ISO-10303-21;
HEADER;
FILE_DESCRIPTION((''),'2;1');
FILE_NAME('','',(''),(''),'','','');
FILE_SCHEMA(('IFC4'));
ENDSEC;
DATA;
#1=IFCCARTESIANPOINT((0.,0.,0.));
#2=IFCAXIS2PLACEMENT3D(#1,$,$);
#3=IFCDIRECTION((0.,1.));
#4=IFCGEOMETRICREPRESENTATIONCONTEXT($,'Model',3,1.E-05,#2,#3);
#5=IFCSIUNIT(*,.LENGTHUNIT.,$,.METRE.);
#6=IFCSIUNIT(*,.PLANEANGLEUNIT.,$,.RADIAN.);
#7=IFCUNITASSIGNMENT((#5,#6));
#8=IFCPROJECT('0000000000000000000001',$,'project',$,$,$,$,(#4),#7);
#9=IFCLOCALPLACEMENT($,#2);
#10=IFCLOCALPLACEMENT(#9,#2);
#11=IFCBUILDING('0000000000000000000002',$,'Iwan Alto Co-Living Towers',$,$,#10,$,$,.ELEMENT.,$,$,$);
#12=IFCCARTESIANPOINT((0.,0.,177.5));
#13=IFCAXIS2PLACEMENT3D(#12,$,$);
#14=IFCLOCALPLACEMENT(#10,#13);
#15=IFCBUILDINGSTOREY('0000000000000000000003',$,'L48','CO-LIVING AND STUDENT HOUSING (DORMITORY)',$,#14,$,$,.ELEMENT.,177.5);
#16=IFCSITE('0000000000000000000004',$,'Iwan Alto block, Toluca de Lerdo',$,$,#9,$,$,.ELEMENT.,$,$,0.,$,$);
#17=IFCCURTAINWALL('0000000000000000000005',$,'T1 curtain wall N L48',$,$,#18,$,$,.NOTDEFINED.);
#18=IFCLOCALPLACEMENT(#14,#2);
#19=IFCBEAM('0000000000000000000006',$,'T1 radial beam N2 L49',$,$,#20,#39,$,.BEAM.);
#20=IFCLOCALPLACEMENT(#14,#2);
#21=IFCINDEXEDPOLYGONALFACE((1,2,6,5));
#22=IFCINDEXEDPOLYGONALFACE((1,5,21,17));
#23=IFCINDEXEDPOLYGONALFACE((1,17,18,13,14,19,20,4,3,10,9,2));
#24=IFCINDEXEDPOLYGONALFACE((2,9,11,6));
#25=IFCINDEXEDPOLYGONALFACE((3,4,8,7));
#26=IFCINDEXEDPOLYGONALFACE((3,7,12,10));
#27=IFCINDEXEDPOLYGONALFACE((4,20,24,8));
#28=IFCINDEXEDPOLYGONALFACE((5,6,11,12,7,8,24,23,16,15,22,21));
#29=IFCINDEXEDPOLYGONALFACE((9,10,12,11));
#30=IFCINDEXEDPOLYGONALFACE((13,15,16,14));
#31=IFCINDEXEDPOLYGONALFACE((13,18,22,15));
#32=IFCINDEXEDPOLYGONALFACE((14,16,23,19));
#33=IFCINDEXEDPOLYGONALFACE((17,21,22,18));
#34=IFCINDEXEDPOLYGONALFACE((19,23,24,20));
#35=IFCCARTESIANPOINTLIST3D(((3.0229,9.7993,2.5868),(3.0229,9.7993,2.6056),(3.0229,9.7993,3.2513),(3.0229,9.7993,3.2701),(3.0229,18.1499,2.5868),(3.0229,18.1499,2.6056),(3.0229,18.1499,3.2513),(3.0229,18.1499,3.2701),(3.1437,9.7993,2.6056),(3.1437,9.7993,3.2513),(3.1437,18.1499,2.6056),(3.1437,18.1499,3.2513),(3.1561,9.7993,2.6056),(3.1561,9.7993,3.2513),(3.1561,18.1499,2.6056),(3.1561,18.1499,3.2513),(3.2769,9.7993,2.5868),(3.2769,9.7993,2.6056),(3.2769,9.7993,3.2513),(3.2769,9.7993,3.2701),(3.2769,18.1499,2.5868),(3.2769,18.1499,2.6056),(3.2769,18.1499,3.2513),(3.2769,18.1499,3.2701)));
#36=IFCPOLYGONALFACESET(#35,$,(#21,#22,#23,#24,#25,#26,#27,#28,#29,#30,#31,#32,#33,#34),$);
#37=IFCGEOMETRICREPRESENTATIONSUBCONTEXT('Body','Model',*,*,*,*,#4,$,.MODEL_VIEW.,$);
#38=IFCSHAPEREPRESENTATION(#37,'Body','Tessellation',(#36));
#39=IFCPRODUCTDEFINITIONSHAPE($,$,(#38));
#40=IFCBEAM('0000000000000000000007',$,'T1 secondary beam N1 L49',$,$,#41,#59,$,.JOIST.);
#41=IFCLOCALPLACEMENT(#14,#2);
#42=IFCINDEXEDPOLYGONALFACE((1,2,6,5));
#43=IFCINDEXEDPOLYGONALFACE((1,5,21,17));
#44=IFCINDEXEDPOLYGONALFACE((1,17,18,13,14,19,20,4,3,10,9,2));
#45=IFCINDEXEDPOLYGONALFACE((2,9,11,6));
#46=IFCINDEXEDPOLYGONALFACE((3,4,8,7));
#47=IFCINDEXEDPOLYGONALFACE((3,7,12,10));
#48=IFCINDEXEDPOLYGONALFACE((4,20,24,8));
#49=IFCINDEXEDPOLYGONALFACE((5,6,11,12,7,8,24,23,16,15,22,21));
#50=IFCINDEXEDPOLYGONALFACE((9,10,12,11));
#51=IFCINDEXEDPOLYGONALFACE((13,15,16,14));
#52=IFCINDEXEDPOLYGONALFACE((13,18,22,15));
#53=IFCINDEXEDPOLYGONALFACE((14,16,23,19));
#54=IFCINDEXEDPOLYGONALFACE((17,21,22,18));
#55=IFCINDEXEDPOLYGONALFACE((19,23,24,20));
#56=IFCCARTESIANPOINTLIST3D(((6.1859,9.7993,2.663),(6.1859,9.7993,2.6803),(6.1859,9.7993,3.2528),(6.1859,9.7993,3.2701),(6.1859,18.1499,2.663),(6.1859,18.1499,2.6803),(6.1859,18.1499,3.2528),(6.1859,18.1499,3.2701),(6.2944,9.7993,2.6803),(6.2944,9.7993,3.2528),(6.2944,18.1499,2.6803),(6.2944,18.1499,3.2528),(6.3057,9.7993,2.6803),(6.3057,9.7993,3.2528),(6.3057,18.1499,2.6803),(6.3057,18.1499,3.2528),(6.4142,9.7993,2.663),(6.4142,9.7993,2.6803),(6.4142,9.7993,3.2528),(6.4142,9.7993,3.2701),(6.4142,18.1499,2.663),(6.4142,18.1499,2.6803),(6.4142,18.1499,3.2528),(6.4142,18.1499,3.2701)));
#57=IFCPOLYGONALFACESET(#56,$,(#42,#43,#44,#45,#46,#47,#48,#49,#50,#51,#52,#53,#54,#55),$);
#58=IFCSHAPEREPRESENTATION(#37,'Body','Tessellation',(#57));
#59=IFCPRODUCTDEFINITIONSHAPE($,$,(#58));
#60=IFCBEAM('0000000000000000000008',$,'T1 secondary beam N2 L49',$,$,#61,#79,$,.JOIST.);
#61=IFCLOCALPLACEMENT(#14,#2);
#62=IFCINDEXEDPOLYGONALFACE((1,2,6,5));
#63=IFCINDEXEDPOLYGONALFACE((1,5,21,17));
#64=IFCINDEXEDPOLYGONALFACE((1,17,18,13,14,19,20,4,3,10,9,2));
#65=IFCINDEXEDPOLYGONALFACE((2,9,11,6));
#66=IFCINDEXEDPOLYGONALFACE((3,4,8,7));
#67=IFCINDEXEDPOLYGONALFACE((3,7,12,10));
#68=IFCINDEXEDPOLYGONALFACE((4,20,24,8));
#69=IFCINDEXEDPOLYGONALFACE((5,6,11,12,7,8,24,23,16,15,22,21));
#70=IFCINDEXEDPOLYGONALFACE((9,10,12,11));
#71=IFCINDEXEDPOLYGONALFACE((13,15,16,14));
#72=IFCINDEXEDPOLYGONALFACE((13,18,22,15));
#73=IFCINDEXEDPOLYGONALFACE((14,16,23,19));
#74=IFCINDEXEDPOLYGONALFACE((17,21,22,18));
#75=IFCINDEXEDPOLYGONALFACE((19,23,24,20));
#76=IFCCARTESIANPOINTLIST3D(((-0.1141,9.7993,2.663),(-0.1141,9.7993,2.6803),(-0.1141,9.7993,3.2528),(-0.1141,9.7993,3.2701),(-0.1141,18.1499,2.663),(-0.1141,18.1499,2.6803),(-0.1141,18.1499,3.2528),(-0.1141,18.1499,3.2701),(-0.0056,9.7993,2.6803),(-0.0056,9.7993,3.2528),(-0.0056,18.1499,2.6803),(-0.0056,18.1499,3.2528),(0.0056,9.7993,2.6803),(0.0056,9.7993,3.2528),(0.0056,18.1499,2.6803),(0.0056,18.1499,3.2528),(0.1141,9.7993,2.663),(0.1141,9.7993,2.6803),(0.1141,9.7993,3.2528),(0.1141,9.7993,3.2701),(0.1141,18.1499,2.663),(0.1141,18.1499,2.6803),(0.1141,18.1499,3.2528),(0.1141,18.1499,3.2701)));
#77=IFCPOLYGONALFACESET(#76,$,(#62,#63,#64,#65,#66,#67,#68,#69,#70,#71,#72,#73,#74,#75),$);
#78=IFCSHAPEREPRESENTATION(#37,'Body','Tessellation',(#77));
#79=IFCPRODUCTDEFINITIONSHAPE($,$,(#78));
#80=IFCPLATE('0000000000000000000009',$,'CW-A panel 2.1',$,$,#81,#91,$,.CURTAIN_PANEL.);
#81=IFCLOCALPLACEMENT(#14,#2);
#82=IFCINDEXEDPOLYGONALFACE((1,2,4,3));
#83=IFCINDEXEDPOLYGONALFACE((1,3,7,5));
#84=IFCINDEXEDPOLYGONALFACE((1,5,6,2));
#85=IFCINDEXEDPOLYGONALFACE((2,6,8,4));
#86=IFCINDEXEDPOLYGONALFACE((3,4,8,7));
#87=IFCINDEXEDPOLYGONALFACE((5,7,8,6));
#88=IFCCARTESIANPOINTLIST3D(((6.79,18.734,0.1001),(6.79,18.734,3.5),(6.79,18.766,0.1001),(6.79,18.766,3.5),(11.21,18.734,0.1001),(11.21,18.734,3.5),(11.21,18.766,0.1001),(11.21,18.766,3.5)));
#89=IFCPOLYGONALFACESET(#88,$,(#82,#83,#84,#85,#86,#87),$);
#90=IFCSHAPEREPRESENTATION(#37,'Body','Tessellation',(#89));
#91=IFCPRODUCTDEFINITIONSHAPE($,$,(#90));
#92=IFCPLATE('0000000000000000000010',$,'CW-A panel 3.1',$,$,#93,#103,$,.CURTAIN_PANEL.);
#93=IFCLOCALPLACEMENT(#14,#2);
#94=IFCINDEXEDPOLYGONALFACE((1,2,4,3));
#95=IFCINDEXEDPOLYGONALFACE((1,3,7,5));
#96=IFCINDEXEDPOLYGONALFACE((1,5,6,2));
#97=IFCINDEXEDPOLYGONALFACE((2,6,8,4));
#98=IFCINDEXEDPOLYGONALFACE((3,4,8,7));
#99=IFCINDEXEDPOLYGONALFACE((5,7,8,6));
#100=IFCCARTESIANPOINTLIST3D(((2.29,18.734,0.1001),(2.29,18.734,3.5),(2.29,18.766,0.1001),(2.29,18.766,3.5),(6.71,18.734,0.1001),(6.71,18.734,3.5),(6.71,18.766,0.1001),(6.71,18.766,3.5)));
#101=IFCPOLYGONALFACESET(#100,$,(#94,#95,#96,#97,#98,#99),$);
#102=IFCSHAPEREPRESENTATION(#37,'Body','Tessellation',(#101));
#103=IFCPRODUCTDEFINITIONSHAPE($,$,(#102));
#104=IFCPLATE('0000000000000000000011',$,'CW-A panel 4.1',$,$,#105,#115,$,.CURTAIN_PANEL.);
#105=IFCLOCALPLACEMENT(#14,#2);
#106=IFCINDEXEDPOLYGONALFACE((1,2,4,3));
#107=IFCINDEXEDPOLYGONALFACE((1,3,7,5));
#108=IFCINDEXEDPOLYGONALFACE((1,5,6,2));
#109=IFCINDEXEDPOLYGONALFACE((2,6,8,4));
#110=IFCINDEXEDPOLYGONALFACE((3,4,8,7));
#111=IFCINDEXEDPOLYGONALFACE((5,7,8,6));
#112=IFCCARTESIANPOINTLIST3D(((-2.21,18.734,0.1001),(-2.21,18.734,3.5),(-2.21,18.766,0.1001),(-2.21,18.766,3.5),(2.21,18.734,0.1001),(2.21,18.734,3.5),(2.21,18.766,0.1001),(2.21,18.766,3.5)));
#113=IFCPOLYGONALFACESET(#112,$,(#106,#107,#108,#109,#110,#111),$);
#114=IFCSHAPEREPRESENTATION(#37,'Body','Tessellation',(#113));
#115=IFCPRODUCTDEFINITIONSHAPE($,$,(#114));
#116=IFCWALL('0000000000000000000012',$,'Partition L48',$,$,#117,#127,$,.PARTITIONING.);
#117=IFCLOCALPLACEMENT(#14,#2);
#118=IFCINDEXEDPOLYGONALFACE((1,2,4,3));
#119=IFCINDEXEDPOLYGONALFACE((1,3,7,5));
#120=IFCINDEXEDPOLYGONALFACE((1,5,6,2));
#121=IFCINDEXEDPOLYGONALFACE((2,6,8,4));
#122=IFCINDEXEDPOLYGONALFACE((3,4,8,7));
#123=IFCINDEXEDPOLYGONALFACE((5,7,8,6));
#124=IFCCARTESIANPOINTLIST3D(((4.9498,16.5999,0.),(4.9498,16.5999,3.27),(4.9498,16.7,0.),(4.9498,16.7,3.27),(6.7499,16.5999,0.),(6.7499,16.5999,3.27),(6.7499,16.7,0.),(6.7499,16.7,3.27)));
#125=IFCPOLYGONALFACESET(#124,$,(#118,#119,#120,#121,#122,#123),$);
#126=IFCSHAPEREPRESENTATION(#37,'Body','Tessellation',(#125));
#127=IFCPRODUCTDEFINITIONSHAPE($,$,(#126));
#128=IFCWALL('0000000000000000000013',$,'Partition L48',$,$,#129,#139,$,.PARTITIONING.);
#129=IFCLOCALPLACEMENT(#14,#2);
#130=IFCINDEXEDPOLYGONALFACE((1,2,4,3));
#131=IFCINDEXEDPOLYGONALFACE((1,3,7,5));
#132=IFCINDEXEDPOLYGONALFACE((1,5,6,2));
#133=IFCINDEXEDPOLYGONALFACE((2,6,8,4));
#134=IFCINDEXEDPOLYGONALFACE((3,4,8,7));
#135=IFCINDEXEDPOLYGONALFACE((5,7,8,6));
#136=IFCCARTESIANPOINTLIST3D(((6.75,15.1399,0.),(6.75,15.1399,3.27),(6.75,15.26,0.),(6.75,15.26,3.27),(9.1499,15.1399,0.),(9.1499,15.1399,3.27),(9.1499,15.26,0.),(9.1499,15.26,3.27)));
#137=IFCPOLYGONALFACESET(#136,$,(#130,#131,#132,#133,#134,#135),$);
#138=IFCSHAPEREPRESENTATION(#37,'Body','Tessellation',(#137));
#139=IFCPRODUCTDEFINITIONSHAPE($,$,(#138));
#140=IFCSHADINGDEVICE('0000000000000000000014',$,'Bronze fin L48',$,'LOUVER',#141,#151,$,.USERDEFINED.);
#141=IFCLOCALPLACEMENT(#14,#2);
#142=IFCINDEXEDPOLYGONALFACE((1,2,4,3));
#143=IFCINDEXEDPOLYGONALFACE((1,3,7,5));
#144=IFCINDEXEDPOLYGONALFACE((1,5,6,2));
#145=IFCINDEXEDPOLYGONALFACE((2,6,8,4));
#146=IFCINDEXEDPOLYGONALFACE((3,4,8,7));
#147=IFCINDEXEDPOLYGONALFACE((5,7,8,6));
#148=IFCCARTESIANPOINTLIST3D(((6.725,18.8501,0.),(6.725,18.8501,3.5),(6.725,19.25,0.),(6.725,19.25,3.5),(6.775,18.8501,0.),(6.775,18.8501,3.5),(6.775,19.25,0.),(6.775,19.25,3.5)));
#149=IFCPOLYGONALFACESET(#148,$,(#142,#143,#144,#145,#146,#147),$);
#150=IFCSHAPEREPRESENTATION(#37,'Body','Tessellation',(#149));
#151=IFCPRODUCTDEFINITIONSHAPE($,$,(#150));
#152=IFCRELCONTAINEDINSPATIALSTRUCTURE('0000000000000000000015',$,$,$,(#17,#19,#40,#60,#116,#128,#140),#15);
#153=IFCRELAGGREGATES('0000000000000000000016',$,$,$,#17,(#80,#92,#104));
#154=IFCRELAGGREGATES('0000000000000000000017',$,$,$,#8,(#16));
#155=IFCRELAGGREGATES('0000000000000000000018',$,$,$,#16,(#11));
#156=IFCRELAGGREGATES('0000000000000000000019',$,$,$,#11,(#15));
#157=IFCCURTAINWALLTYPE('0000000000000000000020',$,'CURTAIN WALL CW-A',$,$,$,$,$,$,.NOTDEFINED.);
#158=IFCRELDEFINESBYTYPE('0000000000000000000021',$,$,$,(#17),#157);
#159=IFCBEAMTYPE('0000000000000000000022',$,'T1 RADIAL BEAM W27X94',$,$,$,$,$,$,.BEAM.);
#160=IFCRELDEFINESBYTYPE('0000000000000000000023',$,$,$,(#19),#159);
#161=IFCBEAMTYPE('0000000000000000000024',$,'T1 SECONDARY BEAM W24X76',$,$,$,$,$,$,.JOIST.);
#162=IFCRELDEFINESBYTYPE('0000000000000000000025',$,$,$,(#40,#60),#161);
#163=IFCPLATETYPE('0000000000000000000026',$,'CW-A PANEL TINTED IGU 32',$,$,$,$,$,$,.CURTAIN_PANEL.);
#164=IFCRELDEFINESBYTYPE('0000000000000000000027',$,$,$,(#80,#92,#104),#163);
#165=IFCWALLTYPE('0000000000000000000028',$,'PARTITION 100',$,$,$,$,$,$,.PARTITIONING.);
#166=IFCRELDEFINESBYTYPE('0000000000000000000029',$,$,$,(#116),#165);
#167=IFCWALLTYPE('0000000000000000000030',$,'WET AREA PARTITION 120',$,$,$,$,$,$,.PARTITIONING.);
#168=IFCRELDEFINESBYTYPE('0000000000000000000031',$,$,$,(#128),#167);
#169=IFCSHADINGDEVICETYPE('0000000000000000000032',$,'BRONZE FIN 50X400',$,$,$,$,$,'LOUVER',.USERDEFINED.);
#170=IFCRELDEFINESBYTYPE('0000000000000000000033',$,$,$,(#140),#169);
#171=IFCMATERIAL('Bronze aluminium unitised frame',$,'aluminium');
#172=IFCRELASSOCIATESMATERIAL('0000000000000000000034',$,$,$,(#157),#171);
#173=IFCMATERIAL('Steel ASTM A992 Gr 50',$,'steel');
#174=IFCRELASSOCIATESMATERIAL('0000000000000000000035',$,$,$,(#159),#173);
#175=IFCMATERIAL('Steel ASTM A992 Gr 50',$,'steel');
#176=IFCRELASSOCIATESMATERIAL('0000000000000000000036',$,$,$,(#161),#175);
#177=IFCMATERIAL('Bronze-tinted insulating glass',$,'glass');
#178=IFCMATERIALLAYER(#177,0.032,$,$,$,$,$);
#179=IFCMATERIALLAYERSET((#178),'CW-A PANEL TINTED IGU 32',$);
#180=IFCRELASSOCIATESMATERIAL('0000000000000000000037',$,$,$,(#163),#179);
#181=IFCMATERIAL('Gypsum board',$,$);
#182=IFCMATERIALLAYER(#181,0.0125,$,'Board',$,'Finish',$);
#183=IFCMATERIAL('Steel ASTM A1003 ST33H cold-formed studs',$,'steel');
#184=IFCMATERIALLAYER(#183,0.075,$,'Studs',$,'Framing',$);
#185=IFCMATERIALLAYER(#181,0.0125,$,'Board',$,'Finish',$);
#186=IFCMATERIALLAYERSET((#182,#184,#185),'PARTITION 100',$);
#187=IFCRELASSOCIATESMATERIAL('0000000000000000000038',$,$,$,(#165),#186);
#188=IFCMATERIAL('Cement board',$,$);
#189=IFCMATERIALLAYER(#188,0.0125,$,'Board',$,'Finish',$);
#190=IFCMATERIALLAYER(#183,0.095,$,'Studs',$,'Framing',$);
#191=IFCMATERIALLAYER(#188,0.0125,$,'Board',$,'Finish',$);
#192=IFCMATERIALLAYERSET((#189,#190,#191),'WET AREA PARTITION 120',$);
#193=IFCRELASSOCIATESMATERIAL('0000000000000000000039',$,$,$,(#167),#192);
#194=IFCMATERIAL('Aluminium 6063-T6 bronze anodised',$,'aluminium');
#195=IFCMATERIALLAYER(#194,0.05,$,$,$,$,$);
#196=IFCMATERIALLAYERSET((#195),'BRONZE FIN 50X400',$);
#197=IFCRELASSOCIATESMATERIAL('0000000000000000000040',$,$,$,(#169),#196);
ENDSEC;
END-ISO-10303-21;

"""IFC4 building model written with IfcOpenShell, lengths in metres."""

from ifc_helpers import new_model, si_unit, direction, frame, frame_2d, origin, origin_2d, place, context, subcontext, project, spatial, rectangle, i_section, extrude, material, layer, layer_set, material_profile, profile_set, type_object, element, aggregate, save


model = new_model("IFC4")

# Units and contexts
model_context = context("Model", 3, precision=1e-05, world=origin(), true_north=direction((0.0, 1.0)))
body_context = subcontext(model_context, "Body", "Model", "MODEL_VIEW")
ifc_project = project(units=[si_unit("LENGTHUNIT", "METRE"), si_unit("PLANEANGLEUNIT", "RADIAN")], contexts=[model_context])

# Site, building, storey
site_placement = place(None, origin())
site = spatial("IfcSite", under=ifc_project, at=site_placement, Name="Iwan Alto block, Toluca de Lerdo", CompositionType="ELEMENT", RefElevation=0.0)
building_placement = place(site_placement, origin())
building = spatial("IfcBuilding", under=site, at=building_placement, Name="Iwan Alto Co-Living Towers", CompositionType="ELEMENT")
storey_placement = place(building_placement, frame((0.0, 0.0, 177.5)))
storey = spatial("IfcBuildingStorey", under=building, at=storey_placement, Name="L48", Description="CO-LIVING AND STUDENT HOUSING (DORMITORY)", CompositionType="ELEMENT", Elevation=177.5)

# Curtain wall
ifc_material_1 = material(Name="Bronze aluminium unitised frame", Category="aluminium")
curtain_wall_type = type_object("IfcCurtainWallType", Name="CURTAIN WALL CW-A", PredefinedType="NOTDEFINED", material=ifc_material_1)
curtain_wall_placement = place(storey_placement, origin())
curtain_wall = element("IfcCurtainWall", 1, at=curtain_wall_placement, inside=storey, type_object=curtain_wall_type, Name="T1 curtain wall N L48", PredefinedType="NOTDEFINED")

# Beams
ifc_material_2 = material(Name="Steel ASTM A992 Gr 50", Category="steel")
ifc_material_profile_1 = material_profile(ifc_material_2, i_section(OverallWidth=0.2539, OverallDepth=0.6833, WebThickness=0.0125, FlangeThickness=0.0188, at=origin_2d()), Name="W27X94")
ifc_profile_set_1 = profile_set([ifc_material_profile_1], Name="Steel ASTM A992 Gr 50")
beam_type_1 = type_object("IfcBeamType", Name="T1 RADIAL BEAM W27X94", PredefinedType="BEAM", material=ifc_profile_set_1)
for number, where, z_axis, x_axis, name in (
    (2, (3.1499, 18.1499, 2.9285), (0.0, -1.0, 0.0), (1.0, 0.0, 0.0), "T1 radial beam N2 L49"),
):
    element("IfcBeam", number, at=place(storey_placement, frame(where, z_axis=z_axis, x_axis=x_axis)), inside=storey, type_object=beam_type_1, Name=name, PredefinedType="BEAM", context=body_context, shape_type="SweptSolid", body=[
        extrude(i_section(OverallWidth=0.2539, OverallDepth=0.6833, WebThickness=0.0125, FlangeThickness=0.0188, at=origin_2d()), origin(), (0.0, 0.0, 1.0), 8.3506),
    ])
ifc_material_3 = material(Name="Steel ASTM A992 Gr 50", Category="steel")
ifc_material_profile_2 = material_profile(ifc_material_3, i_section(OverallWidth=0.2283, OverallDepth=0.6072, WebThickness=0.0112, FlangeThickness=0.0173, at=origin_2d()), Name="W24X76")
ifc_profile_set_2 = profile_set([ifc_material_profile_2], Name="Steel ASTM A992 Gr 50")
beam_type_2 = type_object("IfcBeamType", Name="T1 SECONDARY BEAM W24X76", PredefinedType="JOIST", material=ifc_profile_set_2)
for number, where, z_axis, x_axis, name in (
    (3, (6.3, 18.1499, 2.9666), (0.0, -1.0, 0.0), (1.0, 0.0, 0.0), "T1 secondary beam N1 L49"),
    (4, (0.0, 18.1499, 2.9666), (0.0, -1.0, 0.0), (1.0, 0.0, 0.0), "T1 secondary beam N2 L49"),
):
    element("IfcBeam", number, at=place(storey_placement, frame(where, z_axis=z_axis, x_axis=x_axis)), inside=storey, type_object=beam_type_2, Name=name, PredefinedType="JOIST", context=body_context, shape_type="SweptSolid", body=[
        extrude(i_section(OverallWidth=0.2283, OverallDepth=0.6072, WebThickness=0.0112, FlangeThickness=0.0173, at=origin_2d()), origin(), (0.0, 0.0, 1.0), 8.3506),
    ])

# Plates
ifc_material_4 = material(Name="Bronze-tinted insulating glass", Category="glass")
ifc_layer_1 = layer(ifc_material_4, 0.032)
ifc_layer_set_1 = layer_set([ifc_layer_1], Name="CW-A PANEL TINTED IGU 32")
plate_type = type_object("IfcPlateType", Name="CW-A PANEL TINTED IGU 32", PredefinedType="CURTAIN_PANEL", material=ifc_layer_set_1)
plate_1_placement = place(storey_placement, frame((9.0, 18.75, 0.1001), z_axis=(0.0, 0.0, 1.0), x_axis=(-1.0, 0.0, 0.0)))
plate_1 = element("IfcPlate", 5, at=plate_1_placement, type_object=plate_type, Name="CW-A panel 2.1", PredefinedType="CURTAIN_PANEL", context=body_context, shape_type="SweptSolid", body=[
    extrude(rectangle(XDim=4.4199, YDim=0.032, at=origin_2d()), origin(), (0.0, 0.0, 1.0), 3.3999),
])
plate_2_placement = place(storey_placement, frame((4.5, 18.75, 0.1001), z_axis=(0.0, 0.0, 1.0), x_axis=(-1.0, 0.0, 0.0)))
plate_2 = element("IfcPlate", 6, at=plate_2_placement, type_object=plate_type, Name="CW-A panel 3.1", PredefinedType="CURTAIN_PANEL", context=body_context, shape_type="SweptSolid", body=[
    extrude(rectangle(XDim=4.4199, YDim=0.032, at=origin_2d()), origin(), (0.0, 0.0, 1.0), 3.3999),
])
plate_3_placement = place(storey_placement, frame((0.0, 18.75, 0.1001), z_axis=(0.0, 0.0, 1.0), x_axis=(-1.0, 0.0, 0.0)))
plate_3 = element("IfcPlate", 7, at=plate_3_placement, type_object=plate_type, Name="CW-A panel 4.1", PredefinedType="CURTAIN_PANEL", context=body_context, shape_type="SweptSolid", body=[
    extrude(rectangle(XDim=4.4199, YDim=0.032, at=origin_2d()), origin(), (0.0, 0.0, 1.0), 3.3999),
])
aggregate(curtain_wall, [plate_1, plate_2, plate_3])

# Walls
ifc_material_5 = material(Name="Gypsum board")
ifc_layer_2 = layer(ifc_material_5, 0.0125, Name="Board", Category="Finish")
ifc_material_6 = material(Name="Steel ASTM A1003 ST33H cold-formed studs", Category="steel")
ifc_layer_3 = layer(ifc_material_6, 0.075, Name="Studs", Category="Framing")
ifc_layer_4 = layer(ifc_material_5, 0.0125, Name="Board", Category="Finish")
ifc_layer_set_2 = layer_set([ifc_layer_2, ifc_layer_3, ifc_layer_4], Name="PARTITION 100")
wall_type_1 = type_object("IfcWallType", Name="PARTITION 100", PredefinedType="PARTITIONING", material=ifc_layer_set_2)
wall_1_placement = place(storey_placement, frame((4.95, 16.6499, 0.0), z_axis=(0.0, 0.0, 1.0), x_axis=(1.0, 0.0, 0.0)))
element("IfcWall", 8, at=wall_1_placement, inside=storey, type_object=wall_type_1, Name="Partition L48", PredefinedType="PARTITIONING", context=body_context, shape_type="SweptSolid", body=[
    extrude(rectangle(XDim=1.8, YDim=0.1001, at=frame_2d((0.8999, 0.0))), origin(), (0.0, 0.0, 1.0), 3.27),
])
ifc_material_7 = material(Name="Cement board")
ifc_layer_5 = layer(ifc_material_7, 0.0125, Name="Board", Category="Finish")
ifc_layer_6 = layer(ifc_material_6, 0.095, Name="Studs", Category="Framing")
ifc_layer_7 = layer(ifc_material_7, 0.0125, Name="Board", Category="Finish")
ifc_layer_set_3 = layer_set([ifc_layer_5, ifc_layer_6, ifc_layer_7], Name="WET AREA PARTITION 120")
wall_type_2 = type_object("IfcWallType", Name="WET AREA PARTITION 120", PredefinedType="PARTITIONING", material=ifc_layer_set_3)
wall_2_placement = place(storey_placement, frame((6.75, 15.2, 0.0), z_axis=(0.0, 0.0, 1.0), x_axis=(1.0, 0.0, 0.0)))
element("IfcWall", 9, at=wall_2_placement, inside=storey, type_object=wall_type_2, Name="Partition L48", PredefinedType="PARTITIONING", context=body_context, shape_type="SweptSolid", body=[
    extrude(rectangle(XDim=2.3999, YDim=0.1201, at=frame_2d((1.2, 0.0))), origin(), (0.0, 0.0, 1.0), 3.27),
])

# Shading device
ifc_material_8 = material(Name="Aluminium 6063-T6 bronze anodised", Category="aluminium")
ifc_layer_8 = layer(ifc_material_8, 0.05)
ifc_layer_set_4 = layer_set([ifc_layer_8], Name="BRONZE FIN 50X400")
shading_device_type = type_object("IfcShadingDeviceType", Name="BRONZE FIN 50X400", ElementType="LOUVER", PredefinedType="USERDEFINED", material=ifc_layer_set_4)
shading_device_placement = place(storey_placement, frame((6.75, 19.05, 0.0), z_axis=(0.0, 0.0, 1.0), x_axis=(-1.0, 0.0, 0.0)))
element("IfcShadingDevice", 10, at=shading_device_placement, inside=storey, type_object=shading_device_type, Name="Bronze fin L48", ObjectType="LOUVER", PredefinedType="USERDEFINED", context=body_context, shape_type="SweptSolid", body=[
    extrude(rectangle(XDim=0.05, YDim=0.3999, at=origin_2d()), origin(), (0.0, 0.0, 1.0), 3.5),
])

save(model, "model.ifc")
